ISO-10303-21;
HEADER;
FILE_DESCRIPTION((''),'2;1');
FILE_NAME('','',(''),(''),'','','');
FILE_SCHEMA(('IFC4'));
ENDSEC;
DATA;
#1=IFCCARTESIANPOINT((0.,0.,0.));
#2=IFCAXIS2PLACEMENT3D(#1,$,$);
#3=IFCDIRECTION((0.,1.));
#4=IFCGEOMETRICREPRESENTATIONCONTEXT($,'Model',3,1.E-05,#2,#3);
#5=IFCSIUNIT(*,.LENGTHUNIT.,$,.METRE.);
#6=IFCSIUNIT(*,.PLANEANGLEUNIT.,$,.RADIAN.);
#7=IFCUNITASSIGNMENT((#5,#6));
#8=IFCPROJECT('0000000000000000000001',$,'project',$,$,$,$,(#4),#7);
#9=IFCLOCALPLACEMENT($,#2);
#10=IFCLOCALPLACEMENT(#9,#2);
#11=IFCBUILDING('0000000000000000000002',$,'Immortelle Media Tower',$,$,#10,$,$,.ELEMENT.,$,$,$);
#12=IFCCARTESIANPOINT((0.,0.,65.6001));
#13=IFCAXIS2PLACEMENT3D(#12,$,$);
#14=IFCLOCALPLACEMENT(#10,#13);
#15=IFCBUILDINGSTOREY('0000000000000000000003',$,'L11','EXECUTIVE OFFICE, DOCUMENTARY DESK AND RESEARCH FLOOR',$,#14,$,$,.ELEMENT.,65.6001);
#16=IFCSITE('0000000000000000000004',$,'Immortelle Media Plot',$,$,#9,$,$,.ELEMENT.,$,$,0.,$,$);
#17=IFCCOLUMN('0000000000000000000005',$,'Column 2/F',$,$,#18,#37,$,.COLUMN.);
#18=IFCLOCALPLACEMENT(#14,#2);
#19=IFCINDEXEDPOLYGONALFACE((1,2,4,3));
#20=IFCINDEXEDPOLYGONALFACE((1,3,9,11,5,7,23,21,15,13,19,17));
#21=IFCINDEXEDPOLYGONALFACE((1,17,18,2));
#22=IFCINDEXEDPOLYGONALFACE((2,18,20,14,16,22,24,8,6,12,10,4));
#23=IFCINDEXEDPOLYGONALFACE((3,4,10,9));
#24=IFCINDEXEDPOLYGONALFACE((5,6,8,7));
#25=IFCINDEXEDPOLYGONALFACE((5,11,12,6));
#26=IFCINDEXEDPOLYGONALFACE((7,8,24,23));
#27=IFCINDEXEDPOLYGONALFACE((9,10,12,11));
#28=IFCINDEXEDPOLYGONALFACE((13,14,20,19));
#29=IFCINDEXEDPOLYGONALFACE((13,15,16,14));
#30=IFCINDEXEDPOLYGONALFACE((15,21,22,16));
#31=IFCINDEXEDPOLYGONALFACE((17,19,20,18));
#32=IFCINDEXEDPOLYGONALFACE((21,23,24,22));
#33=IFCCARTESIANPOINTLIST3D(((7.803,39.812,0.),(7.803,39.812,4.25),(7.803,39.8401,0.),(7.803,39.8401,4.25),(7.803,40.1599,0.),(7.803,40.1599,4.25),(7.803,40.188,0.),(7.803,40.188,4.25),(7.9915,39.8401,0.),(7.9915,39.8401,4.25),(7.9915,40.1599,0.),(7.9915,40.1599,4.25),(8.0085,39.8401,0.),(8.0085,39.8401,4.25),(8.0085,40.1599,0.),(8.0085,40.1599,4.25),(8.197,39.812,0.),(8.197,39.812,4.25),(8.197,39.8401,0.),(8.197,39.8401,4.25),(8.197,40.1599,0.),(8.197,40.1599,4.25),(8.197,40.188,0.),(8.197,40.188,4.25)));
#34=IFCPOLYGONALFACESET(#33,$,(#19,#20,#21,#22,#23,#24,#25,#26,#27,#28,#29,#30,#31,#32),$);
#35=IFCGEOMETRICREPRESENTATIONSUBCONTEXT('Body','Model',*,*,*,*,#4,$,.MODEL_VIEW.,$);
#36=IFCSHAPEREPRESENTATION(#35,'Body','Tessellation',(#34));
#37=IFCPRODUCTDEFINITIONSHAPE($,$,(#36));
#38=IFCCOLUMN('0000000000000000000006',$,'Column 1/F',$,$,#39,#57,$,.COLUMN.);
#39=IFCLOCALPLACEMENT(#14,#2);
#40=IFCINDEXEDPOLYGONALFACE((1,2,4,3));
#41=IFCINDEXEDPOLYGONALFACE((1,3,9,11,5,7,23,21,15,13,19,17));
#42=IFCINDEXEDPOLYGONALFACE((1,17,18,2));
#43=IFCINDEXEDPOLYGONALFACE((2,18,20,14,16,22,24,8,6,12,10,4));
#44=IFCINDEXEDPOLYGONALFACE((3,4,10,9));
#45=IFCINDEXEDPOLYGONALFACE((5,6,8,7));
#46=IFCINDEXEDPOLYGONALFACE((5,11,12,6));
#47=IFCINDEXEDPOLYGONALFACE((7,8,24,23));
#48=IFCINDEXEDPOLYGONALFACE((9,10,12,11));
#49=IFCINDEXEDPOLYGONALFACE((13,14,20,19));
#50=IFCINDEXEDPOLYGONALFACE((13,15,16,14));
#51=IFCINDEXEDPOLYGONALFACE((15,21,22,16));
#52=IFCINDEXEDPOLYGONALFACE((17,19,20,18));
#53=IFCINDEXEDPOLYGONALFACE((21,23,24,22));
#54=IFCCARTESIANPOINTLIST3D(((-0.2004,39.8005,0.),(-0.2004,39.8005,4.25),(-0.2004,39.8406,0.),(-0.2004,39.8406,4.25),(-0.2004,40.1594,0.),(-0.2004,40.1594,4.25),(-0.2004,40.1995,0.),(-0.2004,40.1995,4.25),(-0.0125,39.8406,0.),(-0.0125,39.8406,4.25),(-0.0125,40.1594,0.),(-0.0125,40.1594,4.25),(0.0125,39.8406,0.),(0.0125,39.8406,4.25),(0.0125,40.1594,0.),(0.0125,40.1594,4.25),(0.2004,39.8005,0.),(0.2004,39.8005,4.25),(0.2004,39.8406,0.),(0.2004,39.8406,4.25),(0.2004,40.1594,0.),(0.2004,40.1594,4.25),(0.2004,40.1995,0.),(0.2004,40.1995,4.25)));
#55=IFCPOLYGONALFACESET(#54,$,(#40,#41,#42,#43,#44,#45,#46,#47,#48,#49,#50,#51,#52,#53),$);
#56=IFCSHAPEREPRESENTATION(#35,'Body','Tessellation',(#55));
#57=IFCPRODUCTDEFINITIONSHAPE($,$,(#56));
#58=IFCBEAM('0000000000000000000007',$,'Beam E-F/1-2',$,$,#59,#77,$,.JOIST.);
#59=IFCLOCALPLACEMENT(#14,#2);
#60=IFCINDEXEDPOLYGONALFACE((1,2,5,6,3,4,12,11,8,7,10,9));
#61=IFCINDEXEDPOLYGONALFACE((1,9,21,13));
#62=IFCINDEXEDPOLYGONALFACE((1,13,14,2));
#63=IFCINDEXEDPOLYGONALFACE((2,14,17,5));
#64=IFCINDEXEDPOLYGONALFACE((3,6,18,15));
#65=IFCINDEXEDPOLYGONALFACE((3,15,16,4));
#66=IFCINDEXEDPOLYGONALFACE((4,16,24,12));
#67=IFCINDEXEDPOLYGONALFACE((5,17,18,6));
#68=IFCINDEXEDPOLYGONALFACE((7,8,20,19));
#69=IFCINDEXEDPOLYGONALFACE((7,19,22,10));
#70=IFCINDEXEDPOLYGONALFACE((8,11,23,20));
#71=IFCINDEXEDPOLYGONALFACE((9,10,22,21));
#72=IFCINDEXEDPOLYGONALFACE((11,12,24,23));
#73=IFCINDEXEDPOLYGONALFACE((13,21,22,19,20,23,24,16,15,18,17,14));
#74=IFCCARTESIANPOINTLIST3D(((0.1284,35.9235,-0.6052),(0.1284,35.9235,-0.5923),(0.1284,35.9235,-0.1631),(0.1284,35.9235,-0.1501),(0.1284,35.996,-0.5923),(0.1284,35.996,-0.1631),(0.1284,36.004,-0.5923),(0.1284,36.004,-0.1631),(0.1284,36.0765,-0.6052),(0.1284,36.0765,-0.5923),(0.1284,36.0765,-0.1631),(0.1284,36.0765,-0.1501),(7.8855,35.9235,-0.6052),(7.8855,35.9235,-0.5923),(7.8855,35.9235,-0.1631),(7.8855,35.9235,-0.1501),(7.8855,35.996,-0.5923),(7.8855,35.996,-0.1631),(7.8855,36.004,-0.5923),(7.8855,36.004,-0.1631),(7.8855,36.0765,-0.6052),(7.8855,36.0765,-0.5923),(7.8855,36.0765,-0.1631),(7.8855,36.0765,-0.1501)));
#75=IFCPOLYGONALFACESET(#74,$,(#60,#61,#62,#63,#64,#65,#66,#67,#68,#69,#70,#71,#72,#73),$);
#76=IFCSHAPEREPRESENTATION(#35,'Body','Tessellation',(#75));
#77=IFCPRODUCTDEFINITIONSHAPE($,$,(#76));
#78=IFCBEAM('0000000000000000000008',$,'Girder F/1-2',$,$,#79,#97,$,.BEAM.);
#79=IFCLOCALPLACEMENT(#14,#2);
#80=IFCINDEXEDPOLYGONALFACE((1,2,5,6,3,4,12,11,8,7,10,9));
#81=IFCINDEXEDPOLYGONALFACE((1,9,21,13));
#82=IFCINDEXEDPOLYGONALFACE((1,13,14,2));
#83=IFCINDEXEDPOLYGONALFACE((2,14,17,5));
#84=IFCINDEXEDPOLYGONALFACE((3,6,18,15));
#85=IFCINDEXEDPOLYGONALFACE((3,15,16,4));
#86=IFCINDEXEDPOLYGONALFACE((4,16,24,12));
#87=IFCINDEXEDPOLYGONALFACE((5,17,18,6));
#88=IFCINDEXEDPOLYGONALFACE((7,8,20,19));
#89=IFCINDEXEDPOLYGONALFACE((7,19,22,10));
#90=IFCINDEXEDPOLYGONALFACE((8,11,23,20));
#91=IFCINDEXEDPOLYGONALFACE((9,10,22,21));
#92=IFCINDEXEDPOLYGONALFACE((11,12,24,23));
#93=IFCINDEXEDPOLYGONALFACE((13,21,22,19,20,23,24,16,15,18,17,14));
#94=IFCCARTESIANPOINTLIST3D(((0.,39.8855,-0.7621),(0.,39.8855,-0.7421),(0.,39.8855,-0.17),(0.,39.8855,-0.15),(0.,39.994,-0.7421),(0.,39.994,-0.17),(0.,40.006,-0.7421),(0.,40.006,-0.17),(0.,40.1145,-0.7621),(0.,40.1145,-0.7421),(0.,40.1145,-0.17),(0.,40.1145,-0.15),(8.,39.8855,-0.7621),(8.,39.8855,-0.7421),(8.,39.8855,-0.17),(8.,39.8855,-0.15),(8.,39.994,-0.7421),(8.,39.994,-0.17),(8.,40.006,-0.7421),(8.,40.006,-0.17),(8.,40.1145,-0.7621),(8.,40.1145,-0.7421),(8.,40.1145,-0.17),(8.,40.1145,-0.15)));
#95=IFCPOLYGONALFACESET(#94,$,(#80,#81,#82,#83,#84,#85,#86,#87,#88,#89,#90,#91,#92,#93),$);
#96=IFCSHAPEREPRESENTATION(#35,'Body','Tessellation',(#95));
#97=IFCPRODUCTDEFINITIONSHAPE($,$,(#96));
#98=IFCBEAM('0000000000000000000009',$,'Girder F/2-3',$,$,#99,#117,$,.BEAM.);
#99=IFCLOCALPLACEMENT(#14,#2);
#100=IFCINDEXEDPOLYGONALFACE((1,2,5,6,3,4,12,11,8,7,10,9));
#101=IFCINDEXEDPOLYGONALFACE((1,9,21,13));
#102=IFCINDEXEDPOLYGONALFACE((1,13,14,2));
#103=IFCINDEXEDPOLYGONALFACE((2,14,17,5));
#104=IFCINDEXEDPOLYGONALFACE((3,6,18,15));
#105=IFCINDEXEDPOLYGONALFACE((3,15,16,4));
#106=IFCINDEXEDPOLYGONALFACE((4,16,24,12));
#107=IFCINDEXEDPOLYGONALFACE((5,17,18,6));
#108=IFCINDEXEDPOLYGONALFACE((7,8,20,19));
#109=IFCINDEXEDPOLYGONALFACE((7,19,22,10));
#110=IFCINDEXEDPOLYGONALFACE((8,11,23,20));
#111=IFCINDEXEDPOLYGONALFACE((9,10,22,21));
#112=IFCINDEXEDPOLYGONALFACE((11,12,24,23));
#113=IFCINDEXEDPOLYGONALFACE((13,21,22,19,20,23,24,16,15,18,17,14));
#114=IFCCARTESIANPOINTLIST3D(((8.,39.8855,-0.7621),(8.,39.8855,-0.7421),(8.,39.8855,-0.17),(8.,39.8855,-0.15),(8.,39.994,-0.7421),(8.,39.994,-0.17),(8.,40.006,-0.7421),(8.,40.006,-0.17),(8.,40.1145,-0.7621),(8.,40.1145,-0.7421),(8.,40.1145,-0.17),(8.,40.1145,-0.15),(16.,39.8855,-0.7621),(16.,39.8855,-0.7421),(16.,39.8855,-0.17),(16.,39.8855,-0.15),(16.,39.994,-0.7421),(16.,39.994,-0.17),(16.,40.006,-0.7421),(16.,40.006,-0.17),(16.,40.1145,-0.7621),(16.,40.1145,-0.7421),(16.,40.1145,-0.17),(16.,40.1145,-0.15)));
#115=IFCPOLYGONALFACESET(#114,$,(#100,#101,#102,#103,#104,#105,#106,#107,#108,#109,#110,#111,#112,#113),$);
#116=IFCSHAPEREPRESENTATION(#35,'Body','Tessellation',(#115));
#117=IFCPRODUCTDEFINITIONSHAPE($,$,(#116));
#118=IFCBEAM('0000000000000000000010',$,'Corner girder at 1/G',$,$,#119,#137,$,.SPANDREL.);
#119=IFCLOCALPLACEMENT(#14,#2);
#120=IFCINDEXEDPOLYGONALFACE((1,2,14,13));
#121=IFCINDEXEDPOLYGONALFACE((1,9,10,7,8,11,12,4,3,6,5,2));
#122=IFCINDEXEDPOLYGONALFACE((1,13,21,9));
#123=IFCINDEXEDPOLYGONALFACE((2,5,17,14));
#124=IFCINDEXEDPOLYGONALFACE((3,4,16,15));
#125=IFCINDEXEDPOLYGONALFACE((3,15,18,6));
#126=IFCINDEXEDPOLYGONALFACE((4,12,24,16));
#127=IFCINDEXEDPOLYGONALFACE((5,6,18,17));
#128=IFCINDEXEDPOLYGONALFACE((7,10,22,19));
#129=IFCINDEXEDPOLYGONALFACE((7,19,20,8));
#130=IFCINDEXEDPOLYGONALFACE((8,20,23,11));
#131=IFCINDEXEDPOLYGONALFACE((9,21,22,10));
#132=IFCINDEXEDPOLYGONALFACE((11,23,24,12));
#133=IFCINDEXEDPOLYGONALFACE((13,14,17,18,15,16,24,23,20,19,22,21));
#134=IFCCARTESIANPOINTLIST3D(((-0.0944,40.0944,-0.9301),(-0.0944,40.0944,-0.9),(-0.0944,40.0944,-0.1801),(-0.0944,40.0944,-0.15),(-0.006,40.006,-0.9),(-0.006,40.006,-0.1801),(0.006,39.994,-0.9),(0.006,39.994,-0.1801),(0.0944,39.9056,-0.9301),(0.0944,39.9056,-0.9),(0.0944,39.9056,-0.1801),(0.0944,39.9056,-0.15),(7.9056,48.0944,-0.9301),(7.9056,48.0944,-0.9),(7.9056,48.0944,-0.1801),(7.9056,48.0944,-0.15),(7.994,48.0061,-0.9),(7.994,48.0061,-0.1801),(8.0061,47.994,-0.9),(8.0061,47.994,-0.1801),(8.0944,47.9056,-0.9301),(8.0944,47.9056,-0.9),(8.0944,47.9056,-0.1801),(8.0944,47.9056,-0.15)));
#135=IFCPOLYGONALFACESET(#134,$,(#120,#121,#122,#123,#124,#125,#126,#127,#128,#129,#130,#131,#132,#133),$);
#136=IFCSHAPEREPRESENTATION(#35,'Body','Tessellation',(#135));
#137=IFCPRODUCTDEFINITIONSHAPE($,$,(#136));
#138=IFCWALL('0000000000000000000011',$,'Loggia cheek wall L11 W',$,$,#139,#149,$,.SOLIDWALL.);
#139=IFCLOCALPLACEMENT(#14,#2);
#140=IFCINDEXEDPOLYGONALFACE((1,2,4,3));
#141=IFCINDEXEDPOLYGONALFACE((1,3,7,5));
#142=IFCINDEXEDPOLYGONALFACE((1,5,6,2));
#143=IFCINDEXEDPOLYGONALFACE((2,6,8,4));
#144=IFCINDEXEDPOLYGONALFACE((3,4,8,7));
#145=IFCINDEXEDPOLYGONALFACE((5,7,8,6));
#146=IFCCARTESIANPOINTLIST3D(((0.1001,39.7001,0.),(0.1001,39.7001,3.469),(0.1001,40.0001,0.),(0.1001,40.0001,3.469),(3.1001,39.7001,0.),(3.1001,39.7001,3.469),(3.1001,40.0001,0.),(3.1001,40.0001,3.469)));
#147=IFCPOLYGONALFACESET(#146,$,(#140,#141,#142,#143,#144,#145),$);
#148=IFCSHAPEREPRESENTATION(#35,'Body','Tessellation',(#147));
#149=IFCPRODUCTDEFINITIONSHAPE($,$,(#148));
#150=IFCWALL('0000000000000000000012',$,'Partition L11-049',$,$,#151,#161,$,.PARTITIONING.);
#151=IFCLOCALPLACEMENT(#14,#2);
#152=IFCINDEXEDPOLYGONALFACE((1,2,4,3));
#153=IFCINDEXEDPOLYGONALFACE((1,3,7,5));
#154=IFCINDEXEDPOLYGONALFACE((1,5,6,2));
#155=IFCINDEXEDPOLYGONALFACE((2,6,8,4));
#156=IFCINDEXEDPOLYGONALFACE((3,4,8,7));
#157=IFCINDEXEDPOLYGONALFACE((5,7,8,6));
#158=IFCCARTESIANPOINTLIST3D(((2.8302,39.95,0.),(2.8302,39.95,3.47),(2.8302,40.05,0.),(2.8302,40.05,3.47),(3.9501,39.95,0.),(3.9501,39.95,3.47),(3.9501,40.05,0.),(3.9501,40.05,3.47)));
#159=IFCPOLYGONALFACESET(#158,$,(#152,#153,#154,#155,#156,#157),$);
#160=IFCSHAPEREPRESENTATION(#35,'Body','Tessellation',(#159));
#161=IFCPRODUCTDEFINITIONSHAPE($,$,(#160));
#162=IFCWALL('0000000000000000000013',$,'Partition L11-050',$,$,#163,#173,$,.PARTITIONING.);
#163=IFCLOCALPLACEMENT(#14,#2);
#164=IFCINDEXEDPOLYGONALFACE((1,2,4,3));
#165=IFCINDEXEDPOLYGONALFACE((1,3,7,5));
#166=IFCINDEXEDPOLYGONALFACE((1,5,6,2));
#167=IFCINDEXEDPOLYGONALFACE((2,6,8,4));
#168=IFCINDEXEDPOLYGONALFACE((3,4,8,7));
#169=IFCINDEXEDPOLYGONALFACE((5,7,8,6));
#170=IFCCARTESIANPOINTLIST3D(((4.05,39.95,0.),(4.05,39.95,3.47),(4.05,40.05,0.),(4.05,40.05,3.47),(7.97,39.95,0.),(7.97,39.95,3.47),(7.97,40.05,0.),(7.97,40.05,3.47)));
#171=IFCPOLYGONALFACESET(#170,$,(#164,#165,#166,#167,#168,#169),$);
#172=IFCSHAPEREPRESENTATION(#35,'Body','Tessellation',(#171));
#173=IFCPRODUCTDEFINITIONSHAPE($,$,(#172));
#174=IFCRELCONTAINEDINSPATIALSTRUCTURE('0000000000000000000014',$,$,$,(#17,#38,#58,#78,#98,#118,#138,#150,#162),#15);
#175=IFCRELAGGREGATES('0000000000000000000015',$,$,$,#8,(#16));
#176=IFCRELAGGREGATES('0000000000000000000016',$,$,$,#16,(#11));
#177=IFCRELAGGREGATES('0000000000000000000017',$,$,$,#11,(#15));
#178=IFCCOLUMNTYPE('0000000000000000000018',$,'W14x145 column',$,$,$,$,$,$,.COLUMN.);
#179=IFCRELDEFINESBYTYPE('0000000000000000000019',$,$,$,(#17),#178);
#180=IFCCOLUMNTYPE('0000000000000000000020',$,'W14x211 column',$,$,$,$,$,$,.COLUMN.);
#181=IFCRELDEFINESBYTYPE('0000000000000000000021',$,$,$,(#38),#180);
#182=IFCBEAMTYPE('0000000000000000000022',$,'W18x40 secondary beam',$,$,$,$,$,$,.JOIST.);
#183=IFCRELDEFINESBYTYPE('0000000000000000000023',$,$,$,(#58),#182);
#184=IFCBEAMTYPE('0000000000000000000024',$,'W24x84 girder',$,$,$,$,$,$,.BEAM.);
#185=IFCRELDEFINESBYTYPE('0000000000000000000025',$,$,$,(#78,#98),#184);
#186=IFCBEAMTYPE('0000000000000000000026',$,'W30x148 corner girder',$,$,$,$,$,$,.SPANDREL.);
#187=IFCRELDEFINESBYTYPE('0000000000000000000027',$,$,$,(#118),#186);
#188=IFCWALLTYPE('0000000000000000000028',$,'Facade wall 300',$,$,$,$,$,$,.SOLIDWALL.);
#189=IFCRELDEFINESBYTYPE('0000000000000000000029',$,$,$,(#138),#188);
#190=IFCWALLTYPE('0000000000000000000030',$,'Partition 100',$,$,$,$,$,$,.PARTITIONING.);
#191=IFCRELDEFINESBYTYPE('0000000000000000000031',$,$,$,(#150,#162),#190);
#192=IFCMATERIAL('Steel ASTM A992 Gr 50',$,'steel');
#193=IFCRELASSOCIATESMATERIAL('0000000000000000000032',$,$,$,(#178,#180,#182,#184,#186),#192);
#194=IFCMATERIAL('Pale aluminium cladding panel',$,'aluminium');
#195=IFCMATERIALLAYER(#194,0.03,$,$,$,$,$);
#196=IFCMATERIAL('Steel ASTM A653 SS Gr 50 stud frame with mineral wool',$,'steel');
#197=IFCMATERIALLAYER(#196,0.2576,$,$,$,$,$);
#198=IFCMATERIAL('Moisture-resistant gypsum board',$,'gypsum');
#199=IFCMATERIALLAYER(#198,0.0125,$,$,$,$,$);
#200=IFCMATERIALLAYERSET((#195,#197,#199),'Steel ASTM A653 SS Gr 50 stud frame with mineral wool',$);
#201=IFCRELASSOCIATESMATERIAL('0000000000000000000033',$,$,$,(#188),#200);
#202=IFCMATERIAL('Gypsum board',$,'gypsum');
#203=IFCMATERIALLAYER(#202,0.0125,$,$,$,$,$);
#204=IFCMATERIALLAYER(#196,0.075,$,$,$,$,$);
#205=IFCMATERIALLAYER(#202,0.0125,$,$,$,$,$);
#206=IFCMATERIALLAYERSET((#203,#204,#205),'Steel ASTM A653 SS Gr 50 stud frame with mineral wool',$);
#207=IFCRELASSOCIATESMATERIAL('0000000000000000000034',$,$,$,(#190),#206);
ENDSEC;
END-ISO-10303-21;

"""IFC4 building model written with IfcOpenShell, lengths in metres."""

from ifc_helpers import new_model, si_unit, direction, frame, frame_2d, origin, origin_2d, place, context, subcontext, project, spatial, rectangle, i_section, extrude, material, layer, layer_set, material_profile, profile_set, type_object, element, save


model = new_model("IFC4")

# Units and contexts
model_context = context("Model", 3, precision=1e-05, world=origin(), true_north=direction((0.0, 1.0)))
body_context = subcontext(model_context, "Body", "Model", "MODEL_VIEW")
ifc_project = project(units=[si_unit("LENGTHUNIT", "METRE"), si_unit("PLANEANGLEUNIT", "RADIAN")], contexts=[model_context])

# Site, building, storey
site_placement = place(None, origin())
site = spatial("IfcSite", under=ifc_project, at=site_placement, Name="Immortelle Media Plot", CompositionType="ELEMENT", RefElevation=0.0)
building_placement = place(site_placement, origin())
building = spatial("IfcBuilding", under=site, at=building_placement, Name="Immortelle Media Tower", CompositionType="ELEMENT")
storey_placement = place(building_placement, frame((0.0, 0.0, 65.6001)))
storey = spatial("IfcBuildingStorey", under=building, at=storey_placement, Name="L11", Description="EXECUTIVE OFFICE, DOCUMENTARY DESK AND RESEARCH FLOOR", CompositionType="ELEMENT", Elevation=65.6001)

# Columns
ifc_material_1 = material(Name="Steel ASTM A992 Gr 50", Category="steel")
ifc_material_profile_1 = material_profile(ifc_material_1, i_section(OverallWidth=0.394, OverallDepth=0.376, WebThickness=0.0171, FlangeThickness=0.0281, at=origin_2d()), Name="W14x145")
ifc_profile_set_1 = profile_set([ifc_material_profile_1], Name="Steel ASTM A992 Gr 50")
column_type_1 = type_object("IfcColumnType", Name="W14x145 column", PredefinedType="COLUMN", material=ifc_profile_set_1)
column_1_placement = place(storey_placement, frame((8.0, 40.0, 0.0), z_axis=(0.0, 0.0, 1.0), x_axis=(1.0, 0.0, 0.0)))
element("IfcColumn", 1, at=column_1_placement, inside=storey, type_object=column_type_1, Name="Column 2/F", PredefinedType="COLUMN", context=body_context, shape_type="SweptSolid", body=[
    extrude(i_section(OverallWidth=0.394, OverallDepth=0.376, WebThickness=0.0171, FlangeThickness=0.0281, at=origin_2d()), origin(), (0.0, 0.0, 1.0), 4.25),
])
ifc_material_profile_2 = material_profile(ifc_material_1, i_section(OverallWidth=0.4009, OverallDepth=0.3989, WebThickness=0.0249, FlangeThickness=0.04, at=origin_2d()), Name="W14x211")
ifc_profile_set_2 = profile_set([ifc_material_profile_2], Name="Steel ASTM A992 Gr 50")
column_type_2 = type_object("IfcColumnType", Name="W14x211 column", PredefinedType="COLUMN", material=ifc_profile_set_2)
column_2_placement = place(storey_placement, frame((0.0, 40.0, 0.0), z_axis=(0.0, 0.0, 1.0), x_axis=(1.0, 0.0, 0.0)))
element("IfcColumn", 2, at=column_2_placement, inside=storey, type_object=column_type_2, Name="Column 1/F", PredefinedType="COLUMN", context=body_context, shape_type="SweptSolid", body=[
    extrude(i_section(OverallWidth=0.4009, OverallDepth=0.3989, WebThickness=0.0249, FlangeThickness=0.04, at=origin_2d()), origin(), (0.0, 0.0, 1.0), 4.25),
])

# Beams
ifc_material_profile_3 = material_profile(ifc_material_1, i_section(OverallWidth=0.1531, OverallDepth=0.4551, WebThickness=0.0081, FlangeThickness=0.0129, at=origin_2d()), Name="W18x40")
ifc_profile_set_3 = profile_set([ifc_material_profile_3], Name="Steel ASTM A992 Gr 50")
beam_type_1 = type_object("IfcBeamType", Name="W18x40 secondary beam", PredefinedType="JOIST", material=ifc_profile_set_3)
beam_1_placement = place(storey_placement, frame((0.1284, 36.0, -0.3777), z_axis=(1.0, 0.0, 0.0), x_axis=(0.0, 1.0, 0.0)))
element("IfcBeam", 3, at=beam_1_placement, inside=storey, type_object=beam_type_1, Name="Beam E-F/1-2", PredefinedType="JOIST", context=body_context, shape_type="SweptSolid", body=[
    extrude(i_section(OverallWidth=0.1531, OverallDepth=0.4551, WebThickness=0.0081, FlangeThickness=0.0129, at=origin_2d()), origin(), (0.0, 0.0, 1.0), 7.7571),
])
ifc_material_profile_4 = material_profile(ifc_material_1, i_section(OverallWidth=0.229, OverallDepth=0.6121, WebThickness=0.012, FlangeThickness=0.02, at=origin_2d()), Name="W24x84")
ifc_profile_set_4 = profile_set([ifc_material_profile_4], Name="Steel ASTM A992 Gr 50")
beam_type_2 = type_object("IfcBeamType", Name="W24x84 girder", PredefinedType="BEAM", material=ifc_profile_set_4)
for number, where, z_axis, x_axis, name in (
    (4, (0.0, 40.0, -0.4561), (1.0, 0.0, 0.0), (0.0, 1.0, 0.0), "Girder F/1-2"),
    (5, (8.0, 40.0, -0.4561), (1.0, 0.0, 0.0), (0.0, 1.0, 0.0), "Girder F/2-3"),
):
    element("IfcBeam", number, at=place(storey_placement, frame(where, z_axis=z_axis, x_axis=x_axis)), inside=storey, type_object=beam_type_2, Name=name, PredefinedType="BEAM", context=body_context, shape_type="SweptSolid", body=[
        extrude(i_section(OverallWidth=0.229, OverallDepth=0.6121, WebThickness=0.012, FlangeThickness=0.02, at=origin_2d()), origin(), (0.0, 0.0, 1.0), 8.0),
    ])
ifc_material_profile_5 = material_profile(ifc_material_1, i_section(OverallWidth=0.2671, OverallDepth=0.78, WebThickness=0.0171, FlangeThickness=0.03, at=origin_2d()), Name="W30x148")
ifc_profile_set_5 = profile_set([ifc_material_profile_5], Name="Steel ASTM A992 Gr 50")
beam_type_3 = type_object("IfcBeamType", Name="W30x148 corner girder", PredefinedType="SPANDREL", material=ifc_profile_set_5)
beam_2_placement = place(storey_placement, frame((0.0, 40.0, -0.54), z_axis=(0.707107, 0.707107, 0.0), x_axis=(-0.707107, 0.707107, 0.0)))
element("IfcBeam", 6, at=beam_2_placement, inside=storey, type_object=beam_type_3, Name="Corner girder at 1/G", PredefinedType="SPANDREL", context=body_context, shape_type="SweptSolid", body=[
    extrude(i_section(OverallWidth=0.2671, OverallDepth=0.78, WebThickness=0.0171, FlangeThickness=0.03, at=origin_2d()), origin(), (0.0, 0.0, 1.0), 11.3137),
])

# Shared definitions
ifc_material_2 = material(Name="Pale aluminium cladding panel", Category="aluminium")
ifc_layer_1 = layer(ifc_material_2, 0.03)
ifc_material_3 = material(Name="Steel ASTM A653 SS Gr 50 stud frame with mineral wool", Category="steel")
ifc_layer_2 = layer(ifc_material_3, 0.2576)
ifc_material_4 = material(Name="Moisture-resistant gypsum board", Category="gypsum")
ifc_layer_3 = layer(ifc_material_4, 0.0125)
ifc_layer_set_1 = layer_set([ifc_layer_1, ifc_layer_2, ifc_layer_3], Name="Steel ASTM A653 SS Gr 50 stud frame with mineral wool")
wall_type_1 = type_object("IfcWallType", Name="Facade wall 300", PredefinedType="SOLIDWALL", material=ifc_layer_set_1)

# Walls
wall_1_placement = place(storey_placement, frame((0.1001, 39.8501, 0.0), z_axis=(0.0, 0.0, 1.0), x_axis=(1.0, 0.0, 0.0)))
element("IfcWall", 7, at=wall_1_placement, inside=storey, type_object=wall_type_1, Name="Loggia cheek wall L11 W", PredefinedType="SOLIDWALL", context=body_context, shape_type="SweptSolid", body=[
    extrude(rectangle(XDim=3.0, YDim=0.3, at=frame_2d((1.5, 0.0))), origin(), (0.0, 0.0, 1.0), 3.469),
])
ifc_material_5 = material(Name="Gypsum board", Category="gypsum")
ifc_layer_4 = layer(ifc_material_5, 0.0125)
ifc_layer_5 = layer(ifc_material_3, 0.075)
ifc_layer_6 = layer(ifc_material_5, 0.0125)
ifc_layer_set_2 = layer_set([ifc_layer_4, ifc_layer_5, ifc_layer_6], Name="Steel ASTM A653 SS Gr 50 stud frame with mineral wool")
wall_type_2 = type_object("IfcWallType", Name="Partition 100", PredefinedType="PARTITIONING", material=ifc_layer_set_2)
wall_2_placement = place(storey_placement, frame((2.8301, 40.0, 0.0), z_axis=(0.0, 0.0, 1.0), x_axis=(1.0, 0.0, 0.0)))
element("IfcWall", 8, at=wall_2_placement, inside=storey, type_object=wall_type_2, Name="Partition L11-049", PredefinedType="PARTITIONING", context=body_context, shape_type="SweptSolid", body=[
    extrude(rectangle(XDim=1.1199, YDim=0.1001, at=frame_2d((0.5601, 0.0))), origin(), (0.0, 0.0, 1.0), 3.47),
])
wall_3_placement = place(storey_placement, frame((4.05, 40.0, 0.0), z_axis=(0.0, 0.0, 1.0), x_axis=(1.0, 0.0, 0.0)))
element("IfcWall", 9, at=wall_3_placement, inside=storey, type_object=wall_type_2, Name="Partition L11-050", PredefinedType="PARTITIONING", context=body_context, shape_type="SweptSolid", body=[
    extrude(rectangle(XDim=3.9199, YDim=0.1001, at=frame_2d((1.96, 0.0))), origin(), (0.0, 0.0, 1.0), 3.47),
])

save(model, "model.ifc")
